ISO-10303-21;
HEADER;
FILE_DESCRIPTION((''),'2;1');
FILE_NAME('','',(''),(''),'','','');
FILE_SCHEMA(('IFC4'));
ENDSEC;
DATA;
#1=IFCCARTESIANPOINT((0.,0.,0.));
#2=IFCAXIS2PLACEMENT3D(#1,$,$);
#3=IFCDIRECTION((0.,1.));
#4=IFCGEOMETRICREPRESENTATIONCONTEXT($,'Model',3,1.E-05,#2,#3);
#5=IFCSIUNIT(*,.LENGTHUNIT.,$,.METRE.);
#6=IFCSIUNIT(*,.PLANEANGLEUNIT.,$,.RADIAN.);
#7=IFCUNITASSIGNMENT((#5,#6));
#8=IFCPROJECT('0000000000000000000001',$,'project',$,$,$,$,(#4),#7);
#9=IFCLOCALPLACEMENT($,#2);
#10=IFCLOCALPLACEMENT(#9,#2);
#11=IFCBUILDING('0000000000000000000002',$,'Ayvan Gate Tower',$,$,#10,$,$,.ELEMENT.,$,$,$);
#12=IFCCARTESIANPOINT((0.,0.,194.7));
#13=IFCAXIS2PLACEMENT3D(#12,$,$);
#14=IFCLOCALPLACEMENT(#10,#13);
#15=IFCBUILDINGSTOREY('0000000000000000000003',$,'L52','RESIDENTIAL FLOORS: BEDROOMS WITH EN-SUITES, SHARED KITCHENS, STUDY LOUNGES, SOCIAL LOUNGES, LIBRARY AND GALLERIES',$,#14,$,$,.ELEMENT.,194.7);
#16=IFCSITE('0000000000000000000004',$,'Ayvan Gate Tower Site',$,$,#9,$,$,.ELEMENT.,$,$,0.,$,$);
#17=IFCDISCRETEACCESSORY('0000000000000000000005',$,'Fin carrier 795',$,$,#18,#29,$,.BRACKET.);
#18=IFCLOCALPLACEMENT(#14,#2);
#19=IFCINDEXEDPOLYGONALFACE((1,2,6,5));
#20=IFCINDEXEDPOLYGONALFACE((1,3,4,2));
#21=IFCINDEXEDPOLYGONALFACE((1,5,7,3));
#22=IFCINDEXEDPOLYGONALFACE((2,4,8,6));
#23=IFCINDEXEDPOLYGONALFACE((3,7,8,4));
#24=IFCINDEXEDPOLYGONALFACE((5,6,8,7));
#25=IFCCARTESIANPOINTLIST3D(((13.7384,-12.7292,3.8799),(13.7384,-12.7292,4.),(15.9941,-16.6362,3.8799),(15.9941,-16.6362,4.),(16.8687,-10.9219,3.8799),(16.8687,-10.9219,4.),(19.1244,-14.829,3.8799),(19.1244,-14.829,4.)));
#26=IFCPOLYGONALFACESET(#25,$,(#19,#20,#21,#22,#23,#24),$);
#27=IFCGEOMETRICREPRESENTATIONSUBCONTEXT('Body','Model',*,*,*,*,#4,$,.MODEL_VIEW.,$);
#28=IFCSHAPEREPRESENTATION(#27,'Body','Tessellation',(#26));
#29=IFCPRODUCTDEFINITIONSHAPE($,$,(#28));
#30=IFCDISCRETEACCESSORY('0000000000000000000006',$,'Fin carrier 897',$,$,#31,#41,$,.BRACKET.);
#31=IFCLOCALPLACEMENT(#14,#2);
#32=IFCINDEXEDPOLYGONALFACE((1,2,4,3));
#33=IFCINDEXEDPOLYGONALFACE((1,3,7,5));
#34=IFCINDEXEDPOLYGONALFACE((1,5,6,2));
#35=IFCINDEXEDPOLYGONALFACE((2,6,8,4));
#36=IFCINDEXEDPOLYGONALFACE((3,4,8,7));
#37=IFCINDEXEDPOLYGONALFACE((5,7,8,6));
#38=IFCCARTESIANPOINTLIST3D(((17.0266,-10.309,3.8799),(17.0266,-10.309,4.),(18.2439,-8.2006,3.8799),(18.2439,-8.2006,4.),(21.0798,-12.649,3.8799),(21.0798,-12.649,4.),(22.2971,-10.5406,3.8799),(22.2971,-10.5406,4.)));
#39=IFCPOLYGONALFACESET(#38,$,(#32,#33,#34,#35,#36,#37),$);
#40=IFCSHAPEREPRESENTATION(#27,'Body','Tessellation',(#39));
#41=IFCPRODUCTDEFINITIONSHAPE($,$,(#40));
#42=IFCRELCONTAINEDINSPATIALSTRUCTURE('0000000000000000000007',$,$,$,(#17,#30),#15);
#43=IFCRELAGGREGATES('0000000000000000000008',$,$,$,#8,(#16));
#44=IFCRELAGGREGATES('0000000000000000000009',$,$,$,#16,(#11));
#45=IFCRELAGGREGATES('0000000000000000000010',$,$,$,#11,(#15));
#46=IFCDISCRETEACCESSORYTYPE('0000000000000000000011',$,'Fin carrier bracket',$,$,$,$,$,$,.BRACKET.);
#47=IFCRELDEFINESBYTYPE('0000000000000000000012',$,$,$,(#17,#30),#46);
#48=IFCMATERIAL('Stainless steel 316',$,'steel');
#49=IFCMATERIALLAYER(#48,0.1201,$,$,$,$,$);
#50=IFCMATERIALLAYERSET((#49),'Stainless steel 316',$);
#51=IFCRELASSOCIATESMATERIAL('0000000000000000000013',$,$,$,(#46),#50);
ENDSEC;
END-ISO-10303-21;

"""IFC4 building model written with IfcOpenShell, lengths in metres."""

from ifc_helpers import new_model, si_unit, direction, frame, origin, origin_2d, place, context, subcontext, project, spatial, rectangle, extrude, material, layer, layer_set, type_object, element, save


model = new_model("IFC4")

# Units and contexts
model_context = context("Model", 3, precision=1e-05, world=origin(), true_north=direction((0.0, 1.0)))
body_context = subcontext(model_context, "Body", "Model", "MODEL_VIEW")
ifc_project = project(units=[si_unit("LENGTHUNIT", "METRE"), si_unit("PLANEANGLEUNIT", "RADIAN")], contexts=[model_context])

# Site, building, storey
site_placement = place(None, origin())
site = spatial("IfcSite", under=ifc_project, at=site_placement, Name="Ayvan Gate Tower Site", CompositionType="ELEMENT", RefElevation=0.0)
building_placement = place(site_placement, origin())
building = spatial("IfcBuilding", under=site, at=building_placement, Name="Ayvan Gate Tower", CompositionType="ELEMENT")
storey_placement = place(building_placement, frame((0.0, 0.0, 194.7)))
storey = spatial("IfcBuildingStorey", under=building, at=storey_placement, Name="L52", Description="RESIDENTIAL FLOORS: BEDROOMS WITH EN-SUITES, SHARED KITCHENS, STUDY LOUNGES, SOCIAL LOUNGES, LIBRARY AND GALLERIES", CompositionType="ELEMENT", Elevation=194.7)

# Discrete accessories
ifc_material_1 = material(Name="Stainless steel 316", Category="steel")
ifc_layer_1 = layer(ifc_material_1, 0.1201)
ifc_layer_set_1 = layer_set([ifc_layer_1], Name="Stainless steel 316")
discrete_accessory_type = type_object("IfcDiscreteAccessoryType", Name="Fin carrier bracket", PredefinedType="BRACKET", material=ifc_layer_set_1)
discrete_accessory_1_placement = place(storey_placement, frame((16.4314, -13.7791, 3.8799), z_axis=(0.0, 0.0, 1.0), x_axis=(0.866025, 0.5, 0.0)))
element("IfcDiscreteAccessory", 1, at=discrete_accessory_1_placement, inside=storey, type_object=discrete_accessory_type, Name="Fin carrier 795", PredefinedType="BRACKET", context=body_context, shape_type="SweptSolid", body=[
    extrude(rectangle(XDim=3.6145, YDim=4.5115, at=origin_2d()), origin(), (0.0, 0.0, 1.0), 0.1201),
])
discrete_accessory_2_placement = place(storey_placement, frame((19.6619, -10.4248, 3.8799), z_axis=(0.0, 0.0, 1.0), x_axis=(0.5, 0.866025, 0.0)))
element("IfcDiscreteAccessory", 2, at=discrete_accessory_2_placement, inside=storey, type_object=discrete_accessory_type, Name="Fin carrier 897", PredefinedType="BRACKET", context=body_context, shape_type="SweptSolid", body=[
    extrude(rectangle(XDim=2.4346, YDim=4.6802, at=origin_2d()), origin(), (0.0, 0.0, 1.0), 0.1201),
])

save(model, "model.ifc")
